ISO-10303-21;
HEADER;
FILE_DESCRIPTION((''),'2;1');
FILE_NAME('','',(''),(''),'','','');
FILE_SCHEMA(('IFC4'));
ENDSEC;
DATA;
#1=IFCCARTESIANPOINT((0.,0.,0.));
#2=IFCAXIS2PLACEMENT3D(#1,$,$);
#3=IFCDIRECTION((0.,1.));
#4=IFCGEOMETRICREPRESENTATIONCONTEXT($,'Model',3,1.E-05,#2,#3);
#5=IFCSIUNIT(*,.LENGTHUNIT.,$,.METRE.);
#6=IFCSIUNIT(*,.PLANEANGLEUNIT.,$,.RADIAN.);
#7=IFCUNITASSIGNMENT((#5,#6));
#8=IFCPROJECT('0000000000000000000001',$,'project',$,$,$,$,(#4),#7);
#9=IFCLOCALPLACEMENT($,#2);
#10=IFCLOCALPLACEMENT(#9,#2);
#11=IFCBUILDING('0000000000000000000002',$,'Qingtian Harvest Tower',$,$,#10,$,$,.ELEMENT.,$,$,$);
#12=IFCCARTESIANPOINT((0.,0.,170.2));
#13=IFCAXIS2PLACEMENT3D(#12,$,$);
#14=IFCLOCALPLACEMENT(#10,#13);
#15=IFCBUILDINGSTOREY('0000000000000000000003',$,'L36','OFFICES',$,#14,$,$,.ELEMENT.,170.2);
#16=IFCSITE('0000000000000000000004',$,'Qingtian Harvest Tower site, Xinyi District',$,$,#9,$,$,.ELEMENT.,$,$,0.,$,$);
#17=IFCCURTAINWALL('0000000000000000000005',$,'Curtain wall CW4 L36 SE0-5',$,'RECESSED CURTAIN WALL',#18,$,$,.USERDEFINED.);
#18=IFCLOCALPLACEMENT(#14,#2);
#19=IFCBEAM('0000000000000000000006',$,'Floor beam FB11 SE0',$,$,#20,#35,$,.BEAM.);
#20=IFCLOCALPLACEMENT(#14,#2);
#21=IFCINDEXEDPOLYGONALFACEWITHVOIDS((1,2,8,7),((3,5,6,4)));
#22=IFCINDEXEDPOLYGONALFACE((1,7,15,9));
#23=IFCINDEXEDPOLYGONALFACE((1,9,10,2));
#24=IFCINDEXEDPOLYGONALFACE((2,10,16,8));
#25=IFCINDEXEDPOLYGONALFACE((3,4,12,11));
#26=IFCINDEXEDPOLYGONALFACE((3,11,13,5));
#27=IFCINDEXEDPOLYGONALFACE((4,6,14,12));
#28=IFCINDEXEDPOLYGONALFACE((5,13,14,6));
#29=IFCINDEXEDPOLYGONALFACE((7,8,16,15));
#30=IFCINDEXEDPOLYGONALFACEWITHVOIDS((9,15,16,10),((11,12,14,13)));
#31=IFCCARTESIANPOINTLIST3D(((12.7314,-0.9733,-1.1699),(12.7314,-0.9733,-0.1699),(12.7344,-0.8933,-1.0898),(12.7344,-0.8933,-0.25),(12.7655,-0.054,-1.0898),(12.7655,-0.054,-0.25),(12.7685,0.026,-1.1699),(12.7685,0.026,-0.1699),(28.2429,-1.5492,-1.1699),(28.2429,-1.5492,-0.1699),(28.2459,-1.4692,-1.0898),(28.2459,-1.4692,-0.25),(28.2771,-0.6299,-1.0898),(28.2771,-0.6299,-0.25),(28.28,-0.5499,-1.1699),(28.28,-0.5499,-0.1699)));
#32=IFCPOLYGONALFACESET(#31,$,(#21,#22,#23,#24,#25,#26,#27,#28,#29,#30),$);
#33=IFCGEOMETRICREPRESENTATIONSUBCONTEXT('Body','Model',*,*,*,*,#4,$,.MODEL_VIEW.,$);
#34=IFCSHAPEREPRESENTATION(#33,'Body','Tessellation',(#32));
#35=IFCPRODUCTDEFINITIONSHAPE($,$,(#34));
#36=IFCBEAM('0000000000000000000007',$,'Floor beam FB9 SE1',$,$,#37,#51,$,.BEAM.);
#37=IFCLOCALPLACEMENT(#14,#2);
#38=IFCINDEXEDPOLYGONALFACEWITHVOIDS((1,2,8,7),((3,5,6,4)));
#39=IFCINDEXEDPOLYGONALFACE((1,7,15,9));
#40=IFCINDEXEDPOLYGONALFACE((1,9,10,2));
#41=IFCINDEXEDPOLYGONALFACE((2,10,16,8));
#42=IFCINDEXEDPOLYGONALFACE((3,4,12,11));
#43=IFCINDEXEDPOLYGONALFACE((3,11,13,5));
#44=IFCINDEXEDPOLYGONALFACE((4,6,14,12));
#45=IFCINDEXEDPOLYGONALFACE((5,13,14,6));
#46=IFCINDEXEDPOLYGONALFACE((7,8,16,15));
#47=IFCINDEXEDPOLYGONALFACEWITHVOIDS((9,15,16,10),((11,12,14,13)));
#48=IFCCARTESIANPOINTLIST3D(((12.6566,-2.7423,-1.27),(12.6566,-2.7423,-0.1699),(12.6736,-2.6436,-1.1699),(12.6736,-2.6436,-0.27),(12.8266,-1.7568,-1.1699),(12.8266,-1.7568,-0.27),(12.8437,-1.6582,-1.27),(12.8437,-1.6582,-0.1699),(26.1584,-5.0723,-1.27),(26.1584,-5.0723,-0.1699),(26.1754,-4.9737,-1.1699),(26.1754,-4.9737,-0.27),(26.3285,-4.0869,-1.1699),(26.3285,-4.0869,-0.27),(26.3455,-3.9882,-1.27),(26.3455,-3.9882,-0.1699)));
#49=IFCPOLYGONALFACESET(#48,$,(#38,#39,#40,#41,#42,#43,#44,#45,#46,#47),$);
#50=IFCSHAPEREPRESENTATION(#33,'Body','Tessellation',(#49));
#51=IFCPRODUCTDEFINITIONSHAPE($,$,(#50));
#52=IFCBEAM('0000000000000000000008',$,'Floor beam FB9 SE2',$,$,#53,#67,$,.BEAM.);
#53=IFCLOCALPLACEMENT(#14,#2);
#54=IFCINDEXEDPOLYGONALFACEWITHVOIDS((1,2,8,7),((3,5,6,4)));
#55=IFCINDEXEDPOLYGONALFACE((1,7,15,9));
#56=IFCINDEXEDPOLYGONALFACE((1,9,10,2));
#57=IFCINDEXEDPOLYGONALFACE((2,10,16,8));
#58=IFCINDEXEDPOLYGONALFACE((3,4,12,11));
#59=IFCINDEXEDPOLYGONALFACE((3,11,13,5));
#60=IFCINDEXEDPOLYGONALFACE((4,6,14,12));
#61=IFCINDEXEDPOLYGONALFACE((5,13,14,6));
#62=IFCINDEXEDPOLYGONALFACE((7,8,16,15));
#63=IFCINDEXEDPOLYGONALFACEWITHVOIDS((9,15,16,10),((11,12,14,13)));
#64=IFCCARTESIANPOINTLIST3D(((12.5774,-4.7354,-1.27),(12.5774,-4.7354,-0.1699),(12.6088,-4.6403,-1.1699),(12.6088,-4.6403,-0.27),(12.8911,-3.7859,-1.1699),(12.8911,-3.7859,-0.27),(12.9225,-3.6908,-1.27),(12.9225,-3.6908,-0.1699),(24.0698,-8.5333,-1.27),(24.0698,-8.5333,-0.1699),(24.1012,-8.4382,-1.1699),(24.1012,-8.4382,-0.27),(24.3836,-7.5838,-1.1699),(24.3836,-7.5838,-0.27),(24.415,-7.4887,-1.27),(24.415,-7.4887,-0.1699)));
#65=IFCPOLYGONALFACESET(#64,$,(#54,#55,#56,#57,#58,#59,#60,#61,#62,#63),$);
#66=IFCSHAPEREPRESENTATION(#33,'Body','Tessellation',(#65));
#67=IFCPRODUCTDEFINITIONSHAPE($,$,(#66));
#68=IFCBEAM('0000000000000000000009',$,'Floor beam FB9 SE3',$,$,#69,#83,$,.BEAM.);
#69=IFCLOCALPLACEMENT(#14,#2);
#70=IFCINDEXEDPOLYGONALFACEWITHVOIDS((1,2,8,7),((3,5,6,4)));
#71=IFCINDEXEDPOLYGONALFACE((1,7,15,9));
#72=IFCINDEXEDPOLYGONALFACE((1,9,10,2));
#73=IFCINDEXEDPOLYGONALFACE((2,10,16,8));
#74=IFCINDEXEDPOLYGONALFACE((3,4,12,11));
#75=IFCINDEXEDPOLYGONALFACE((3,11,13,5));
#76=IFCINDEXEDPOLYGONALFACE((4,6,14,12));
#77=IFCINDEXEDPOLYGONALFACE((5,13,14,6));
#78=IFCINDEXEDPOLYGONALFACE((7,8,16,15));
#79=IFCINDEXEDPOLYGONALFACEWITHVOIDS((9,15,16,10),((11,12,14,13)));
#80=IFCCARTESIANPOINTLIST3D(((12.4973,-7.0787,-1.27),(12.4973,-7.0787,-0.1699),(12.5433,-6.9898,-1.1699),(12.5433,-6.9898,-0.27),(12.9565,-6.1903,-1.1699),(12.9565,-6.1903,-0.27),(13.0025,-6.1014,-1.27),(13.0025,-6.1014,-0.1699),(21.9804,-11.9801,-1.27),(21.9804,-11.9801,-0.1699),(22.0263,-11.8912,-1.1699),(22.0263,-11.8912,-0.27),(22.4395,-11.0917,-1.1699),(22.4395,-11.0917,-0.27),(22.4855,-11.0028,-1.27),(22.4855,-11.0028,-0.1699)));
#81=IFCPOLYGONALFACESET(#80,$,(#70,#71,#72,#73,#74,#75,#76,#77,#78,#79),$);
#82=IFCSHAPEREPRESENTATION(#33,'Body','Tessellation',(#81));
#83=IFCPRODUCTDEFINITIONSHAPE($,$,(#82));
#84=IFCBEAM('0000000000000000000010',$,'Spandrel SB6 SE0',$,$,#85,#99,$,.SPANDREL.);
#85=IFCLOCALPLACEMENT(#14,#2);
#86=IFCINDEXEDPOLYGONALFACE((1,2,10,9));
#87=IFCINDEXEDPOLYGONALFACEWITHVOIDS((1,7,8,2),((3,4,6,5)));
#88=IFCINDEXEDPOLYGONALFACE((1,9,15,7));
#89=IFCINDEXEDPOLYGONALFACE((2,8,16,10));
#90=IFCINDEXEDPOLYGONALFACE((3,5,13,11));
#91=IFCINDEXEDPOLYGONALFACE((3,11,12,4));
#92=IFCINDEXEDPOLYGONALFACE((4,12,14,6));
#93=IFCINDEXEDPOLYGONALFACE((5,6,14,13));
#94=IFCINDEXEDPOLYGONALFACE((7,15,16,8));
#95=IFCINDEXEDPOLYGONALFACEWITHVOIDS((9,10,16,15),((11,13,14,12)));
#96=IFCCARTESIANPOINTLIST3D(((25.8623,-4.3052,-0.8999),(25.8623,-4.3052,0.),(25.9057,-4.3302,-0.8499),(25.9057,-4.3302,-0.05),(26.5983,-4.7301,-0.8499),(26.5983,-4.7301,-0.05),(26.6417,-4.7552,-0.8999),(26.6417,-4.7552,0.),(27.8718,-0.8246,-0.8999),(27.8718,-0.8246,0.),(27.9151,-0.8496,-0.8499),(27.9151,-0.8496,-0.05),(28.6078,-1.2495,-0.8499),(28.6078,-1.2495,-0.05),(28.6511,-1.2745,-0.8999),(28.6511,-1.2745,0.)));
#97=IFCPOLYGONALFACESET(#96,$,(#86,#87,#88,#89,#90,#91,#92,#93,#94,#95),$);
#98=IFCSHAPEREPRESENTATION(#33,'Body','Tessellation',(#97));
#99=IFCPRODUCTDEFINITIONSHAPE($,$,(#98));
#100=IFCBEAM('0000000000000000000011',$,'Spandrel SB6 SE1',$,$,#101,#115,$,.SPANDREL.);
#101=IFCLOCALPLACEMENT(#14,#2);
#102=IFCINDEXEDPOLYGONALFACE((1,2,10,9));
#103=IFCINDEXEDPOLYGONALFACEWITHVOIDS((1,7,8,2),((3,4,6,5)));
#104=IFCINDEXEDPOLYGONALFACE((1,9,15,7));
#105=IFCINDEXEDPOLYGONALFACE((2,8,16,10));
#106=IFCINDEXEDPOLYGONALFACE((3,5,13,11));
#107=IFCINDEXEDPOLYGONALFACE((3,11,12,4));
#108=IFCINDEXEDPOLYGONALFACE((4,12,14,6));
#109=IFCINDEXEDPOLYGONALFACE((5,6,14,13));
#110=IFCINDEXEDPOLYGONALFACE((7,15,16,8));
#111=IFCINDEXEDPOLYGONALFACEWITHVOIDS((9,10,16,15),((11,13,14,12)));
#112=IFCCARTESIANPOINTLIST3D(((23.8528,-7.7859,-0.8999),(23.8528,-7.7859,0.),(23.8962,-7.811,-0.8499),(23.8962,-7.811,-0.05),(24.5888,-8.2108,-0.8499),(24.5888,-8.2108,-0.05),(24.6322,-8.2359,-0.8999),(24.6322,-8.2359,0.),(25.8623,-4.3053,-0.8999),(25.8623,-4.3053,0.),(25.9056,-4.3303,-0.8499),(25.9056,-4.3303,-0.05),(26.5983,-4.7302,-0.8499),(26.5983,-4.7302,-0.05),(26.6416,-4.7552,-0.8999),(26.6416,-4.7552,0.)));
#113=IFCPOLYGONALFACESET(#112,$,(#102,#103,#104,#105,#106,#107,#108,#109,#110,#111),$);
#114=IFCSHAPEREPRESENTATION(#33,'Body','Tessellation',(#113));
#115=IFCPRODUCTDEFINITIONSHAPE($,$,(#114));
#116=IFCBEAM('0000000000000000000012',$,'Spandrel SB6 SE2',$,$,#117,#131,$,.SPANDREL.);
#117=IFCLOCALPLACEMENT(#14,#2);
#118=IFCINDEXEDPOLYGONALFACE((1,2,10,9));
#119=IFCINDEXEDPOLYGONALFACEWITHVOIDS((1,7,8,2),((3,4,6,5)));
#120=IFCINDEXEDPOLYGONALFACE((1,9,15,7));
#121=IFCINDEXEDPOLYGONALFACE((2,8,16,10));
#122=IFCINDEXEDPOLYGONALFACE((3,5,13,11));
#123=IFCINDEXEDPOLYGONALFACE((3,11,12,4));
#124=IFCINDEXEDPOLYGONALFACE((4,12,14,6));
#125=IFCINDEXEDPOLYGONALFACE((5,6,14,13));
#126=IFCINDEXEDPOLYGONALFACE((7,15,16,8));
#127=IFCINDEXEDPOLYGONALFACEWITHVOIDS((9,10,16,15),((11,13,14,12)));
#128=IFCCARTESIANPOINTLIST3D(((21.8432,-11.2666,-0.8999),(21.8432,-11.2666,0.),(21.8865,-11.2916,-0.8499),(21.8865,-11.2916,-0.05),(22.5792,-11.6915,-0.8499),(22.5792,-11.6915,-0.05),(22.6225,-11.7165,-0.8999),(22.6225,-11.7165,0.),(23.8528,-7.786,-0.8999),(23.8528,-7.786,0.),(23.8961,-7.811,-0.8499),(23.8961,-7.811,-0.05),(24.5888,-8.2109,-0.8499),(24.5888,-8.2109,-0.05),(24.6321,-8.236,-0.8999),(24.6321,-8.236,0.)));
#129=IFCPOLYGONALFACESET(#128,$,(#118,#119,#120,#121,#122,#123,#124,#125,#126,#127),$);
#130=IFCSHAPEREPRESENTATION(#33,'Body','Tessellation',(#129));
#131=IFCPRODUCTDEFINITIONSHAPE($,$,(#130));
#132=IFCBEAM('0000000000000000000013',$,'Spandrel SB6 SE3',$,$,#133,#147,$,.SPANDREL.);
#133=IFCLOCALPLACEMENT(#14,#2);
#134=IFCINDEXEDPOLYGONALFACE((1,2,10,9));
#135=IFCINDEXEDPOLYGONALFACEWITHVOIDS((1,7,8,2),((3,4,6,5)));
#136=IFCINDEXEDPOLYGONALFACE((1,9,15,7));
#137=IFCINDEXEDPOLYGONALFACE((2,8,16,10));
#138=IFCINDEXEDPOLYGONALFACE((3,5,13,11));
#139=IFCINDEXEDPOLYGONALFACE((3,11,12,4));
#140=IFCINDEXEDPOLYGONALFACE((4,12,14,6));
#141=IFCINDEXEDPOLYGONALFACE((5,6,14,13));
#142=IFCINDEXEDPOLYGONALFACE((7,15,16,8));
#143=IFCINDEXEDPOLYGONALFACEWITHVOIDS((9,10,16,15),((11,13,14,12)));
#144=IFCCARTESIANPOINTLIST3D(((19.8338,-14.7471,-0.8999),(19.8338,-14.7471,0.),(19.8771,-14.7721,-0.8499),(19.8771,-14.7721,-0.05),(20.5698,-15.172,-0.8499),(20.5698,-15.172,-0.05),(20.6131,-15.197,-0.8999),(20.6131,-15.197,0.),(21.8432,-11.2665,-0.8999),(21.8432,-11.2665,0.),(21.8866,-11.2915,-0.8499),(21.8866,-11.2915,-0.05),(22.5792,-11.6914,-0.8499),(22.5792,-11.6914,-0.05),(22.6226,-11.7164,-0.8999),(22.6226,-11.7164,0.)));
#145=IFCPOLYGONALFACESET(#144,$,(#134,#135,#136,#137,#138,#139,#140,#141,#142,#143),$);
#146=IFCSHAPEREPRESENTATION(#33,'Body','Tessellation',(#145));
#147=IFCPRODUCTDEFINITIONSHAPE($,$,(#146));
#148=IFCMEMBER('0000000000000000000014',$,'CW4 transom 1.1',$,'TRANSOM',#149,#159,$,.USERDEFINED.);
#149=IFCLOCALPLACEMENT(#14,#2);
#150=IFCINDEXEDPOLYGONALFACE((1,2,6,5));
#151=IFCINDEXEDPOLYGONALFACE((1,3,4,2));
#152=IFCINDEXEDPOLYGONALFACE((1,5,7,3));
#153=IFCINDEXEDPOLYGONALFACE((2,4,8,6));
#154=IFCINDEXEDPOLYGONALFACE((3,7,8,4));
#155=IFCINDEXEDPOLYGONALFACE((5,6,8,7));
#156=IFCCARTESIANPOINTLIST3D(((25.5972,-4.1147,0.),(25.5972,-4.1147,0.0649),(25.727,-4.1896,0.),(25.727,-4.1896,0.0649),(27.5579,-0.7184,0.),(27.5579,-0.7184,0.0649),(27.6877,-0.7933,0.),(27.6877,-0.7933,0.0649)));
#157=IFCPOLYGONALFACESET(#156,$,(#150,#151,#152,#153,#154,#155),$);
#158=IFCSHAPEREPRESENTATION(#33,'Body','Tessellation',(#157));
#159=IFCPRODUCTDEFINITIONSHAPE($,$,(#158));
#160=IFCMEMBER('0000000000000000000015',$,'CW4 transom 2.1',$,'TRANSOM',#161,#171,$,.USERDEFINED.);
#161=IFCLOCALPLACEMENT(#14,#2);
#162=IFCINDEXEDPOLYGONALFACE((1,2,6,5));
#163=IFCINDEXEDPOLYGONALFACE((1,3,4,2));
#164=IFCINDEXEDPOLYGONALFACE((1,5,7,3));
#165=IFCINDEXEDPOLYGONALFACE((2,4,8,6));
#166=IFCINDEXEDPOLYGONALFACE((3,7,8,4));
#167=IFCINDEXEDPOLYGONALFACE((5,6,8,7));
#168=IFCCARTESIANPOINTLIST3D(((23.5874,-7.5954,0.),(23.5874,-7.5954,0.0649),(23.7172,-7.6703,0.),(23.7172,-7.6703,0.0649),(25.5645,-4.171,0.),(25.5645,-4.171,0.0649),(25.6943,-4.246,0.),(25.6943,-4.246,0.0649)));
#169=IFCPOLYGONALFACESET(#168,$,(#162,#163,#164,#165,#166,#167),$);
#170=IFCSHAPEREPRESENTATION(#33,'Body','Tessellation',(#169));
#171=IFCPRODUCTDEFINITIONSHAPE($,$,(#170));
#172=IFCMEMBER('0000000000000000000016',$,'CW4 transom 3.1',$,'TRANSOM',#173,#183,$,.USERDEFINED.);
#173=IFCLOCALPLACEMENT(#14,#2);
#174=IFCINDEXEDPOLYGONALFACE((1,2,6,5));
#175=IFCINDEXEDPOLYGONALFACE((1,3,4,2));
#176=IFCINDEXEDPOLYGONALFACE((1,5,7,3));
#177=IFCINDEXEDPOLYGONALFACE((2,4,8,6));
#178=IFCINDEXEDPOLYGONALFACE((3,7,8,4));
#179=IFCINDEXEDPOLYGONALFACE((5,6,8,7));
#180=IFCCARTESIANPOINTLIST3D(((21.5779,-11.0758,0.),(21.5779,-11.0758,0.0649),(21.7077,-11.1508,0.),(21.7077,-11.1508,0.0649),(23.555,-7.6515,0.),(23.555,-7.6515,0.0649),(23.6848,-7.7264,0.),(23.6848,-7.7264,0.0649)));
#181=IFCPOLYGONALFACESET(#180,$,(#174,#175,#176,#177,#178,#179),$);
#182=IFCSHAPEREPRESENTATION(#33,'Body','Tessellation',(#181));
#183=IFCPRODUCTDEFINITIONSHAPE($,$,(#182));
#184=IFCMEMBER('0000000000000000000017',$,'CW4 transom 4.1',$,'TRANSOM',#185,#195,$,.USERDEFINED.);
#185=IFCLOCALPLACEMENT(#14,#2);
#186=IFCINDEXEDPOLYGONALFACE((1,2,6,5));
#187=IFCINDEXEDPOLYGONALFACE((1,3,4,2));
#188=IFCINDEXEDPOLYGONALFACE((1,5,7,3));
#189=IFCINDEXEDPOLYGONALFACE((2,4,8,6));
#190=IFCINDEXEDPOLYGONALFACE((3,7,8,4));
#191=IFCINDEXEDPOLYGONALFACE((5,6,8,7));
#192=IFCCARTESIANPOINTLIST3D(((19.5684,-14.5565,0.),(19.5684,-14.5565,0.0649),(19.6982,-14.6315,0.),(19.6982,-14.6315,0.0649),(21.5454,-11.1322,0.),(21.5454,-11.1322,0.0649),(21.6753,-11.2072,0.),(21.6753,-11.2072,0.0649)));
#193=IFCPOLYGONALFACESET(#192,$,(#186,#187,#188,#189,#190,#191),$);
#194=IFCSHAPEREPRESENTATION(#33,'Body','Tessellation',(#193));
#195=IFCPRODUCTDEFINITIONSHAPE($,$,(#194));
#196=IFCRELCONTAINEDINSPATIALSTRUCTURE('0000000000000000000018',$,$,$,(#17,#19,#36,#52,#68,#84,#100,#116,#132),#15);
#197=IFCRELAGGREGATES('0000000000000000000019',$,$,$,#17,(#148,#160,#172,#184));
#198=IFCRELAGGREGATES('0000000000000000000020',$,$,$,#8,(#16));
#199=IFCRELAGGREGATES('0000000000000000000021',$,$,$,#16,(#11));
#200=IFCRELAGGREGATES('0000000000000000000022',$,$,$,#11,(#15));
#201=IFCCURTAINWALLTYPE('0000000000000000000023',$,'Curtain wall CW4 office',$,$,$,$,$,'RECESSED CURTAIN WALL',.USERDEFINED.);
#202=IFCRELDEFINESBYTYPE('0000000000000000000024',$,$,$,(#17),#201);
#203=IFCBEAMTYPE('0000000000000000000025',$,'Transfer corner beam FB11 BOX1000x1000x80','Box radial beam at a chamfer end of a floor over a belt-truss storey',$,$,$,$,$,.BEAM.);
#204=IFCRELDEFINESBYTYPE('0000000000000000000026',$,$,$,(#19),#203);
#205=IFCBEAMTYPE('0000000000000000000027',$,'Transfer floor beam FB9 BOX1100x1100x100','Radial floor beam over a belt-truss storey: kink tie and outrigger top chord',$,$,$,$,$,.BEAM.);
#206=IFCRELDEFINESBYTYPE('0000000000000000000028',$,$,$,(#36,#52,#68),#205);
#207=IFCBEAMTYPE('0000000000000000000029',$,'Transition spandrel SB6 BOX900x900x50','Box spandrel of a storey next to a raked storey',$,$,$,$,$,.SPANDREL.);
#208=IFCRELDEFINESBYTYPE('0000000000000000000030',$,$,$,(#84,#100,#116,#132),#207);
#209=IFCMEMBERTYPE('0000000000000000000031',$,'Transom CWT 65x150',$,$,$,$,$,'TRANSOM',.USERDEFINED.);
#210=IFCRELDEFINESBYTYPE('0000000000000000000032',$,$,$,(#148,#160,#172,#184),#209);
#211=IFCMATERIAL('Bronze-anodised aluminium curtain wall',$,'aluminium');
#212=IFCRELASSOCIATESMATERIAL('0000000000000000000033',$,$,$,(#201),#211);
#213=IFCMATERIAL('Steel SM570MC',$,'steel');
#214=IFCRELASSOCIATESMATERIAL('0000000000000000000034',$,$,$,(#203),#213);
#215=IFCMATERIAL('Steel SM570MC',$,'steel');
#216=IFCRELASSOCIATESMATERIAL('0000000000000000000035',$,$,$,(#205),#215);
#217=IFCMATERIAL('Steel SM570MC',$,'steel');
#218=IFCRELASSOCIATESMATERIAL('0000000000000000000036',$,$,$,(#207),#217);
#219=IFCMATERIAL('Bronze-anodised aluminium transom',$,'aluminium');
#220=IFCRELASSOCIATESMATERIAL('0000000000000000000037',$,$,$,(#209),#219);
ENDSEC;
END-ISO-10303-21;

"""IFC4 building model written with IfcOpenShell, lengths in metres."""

from ifc_helpers import new_model, si_unit, direction, frame, origin, origin_2d, place, context, subcontext, project, spatial, rectangle, hollow_rectangle, extrude, material, material_profile, profile_set, type_object, element, aggregate, save


model = new_model("IFC4")

# Units and contexts
model_context = context("Model", 3, precision=1e-05, world=origin(), true_north=direction((0.0, 1.0)))
body_context = subcontext(model_context, "Body", "Model", "MODEL_VIEW")
ifc_project = project(units=[si_unit("LENGTHUNIT", "METRE"), si_unit("PLANEANGLEUNIT", "RADIAN")], contexts=[model_context])

# Site, building, storey
site_placement = place(None, origin())
site = spatial("IfcSite", under=ifc_project, at=site_placement, Name="Qingtian Harvest Tower site, Xinyi District", CompositionType="ELEMENT", RefElevation=0.0)
building_placement = place(site_placement, origin())
building = spatial("IfcBuilding", under=site, at=building_placement, Name="Qingtian Harvest Tower", CompositionType="ELEMENT")
storey_placement = place(building_placement, frame((0.0, 0.0, 170.2)))
storey = spatial("IfcBuildingStorey", under=building, at=storey_placement, Name="L36", Description="OFFICES", CompositionType="ELEMENT", Elevation=170.2)

# Shared definitions
ifc_material_1 = material(Name="Bronze-anodised aluminium curtain wall", Category="aluminium")
curtain_wall_type = type_object("IfcCurtainWallType", Name="Curtain wall CW4 office", ElementType="RECESSED CURTAIN WALL", PredefinedType="USERDEFINED", material=ifc_material_1)

# Curtain wall
curtain_wall_1_placement = place(storey_placement, origin())
curtain_wall_1 = element("IfcCurtainWall", 1, at=curtain_wall_1_placement, inside=storey, type_object=curtain_wall_type, Name="Curtain wall CW4 L36 SE0-5", ObjectType="RECESSED CURTAIN WALL", PredefinedType="USERDEFINED")

# Beams
ifc_material_2 = material(Name="Steel SM570MC", Category="steel")
ifc_material_profile_1 = material_profile(ifc_material_2, hollow_rectangle(XDim=1.0, YDim=1.0, WallThickness=0.0801, at=origin_2d()), Name="BOX1000x1000x80")
ifc_profile_set_1 = profile_set([ifc_material_profile_1], Name="Steel SM570MC")
beam_type_1 = type_object("IfcBeamType", Name="Transfer corner beam FB11 BOX1000x1000x80", Description="Box radial beam at a chamfer end of a floor over a belt-truss storey", PredefinedType="BEAM", material=ifc_profile_set_1)
beam_1_placement = place(storey_placement, frame((28.2615, -1.0496, -0.6699), z_axis=(-0.999311, 0.037104, 0.0), x_axis=(-0.037104, -0.999311, 0.0)))
element("IfcBeam", 2, at=beam_1_placement, inside=storey, type_object=beam_type_1, Name="Floor beam FB11 SE0", PredefinedType="BEAM", context=body_context, shape_type="SweptSolid", body=[
    extrude(hollow_rectangle(XDim=1.0, YDim=1.0, WallThickness=0.0801, at=origin_2d()), origin(), (0.0, 0.0, 1.0), 15.5222),
])
ifc_material_3 = material(Name="Steel SM570MC", Category="steel")
ifc_material_profile_2 = material_profile(ifc_material_3, hollow_rectangle(XDim=1.1001, YDim=1.1001, WallThickness=0.1001, at=origin_2d()), Name="BOX1100x1100x100")
ifc_profile_set_2 = profile_set([ifc_material_profile_2], Name="Steel SM570MC")
beam_type_2 = type_object("IfcBeamType", Name="Transfer floor beam FB9 BOX1100x1100x100", Description="Radial floor beam over a belt-truss storey: kink tie and outrigger top chord", PredefinedType="BEAM", material=ifc_profile_set_2)
beam_2_placement = place(storey_placement, frame((26.252, -4.5303, -0.72), z_axis=(-0.985434, 0.17006, 0.0), x_axis=(-0.17006, -0.985434, 0.0)))
element("IfcBeam", 3, at=beam_2_placement, inside=storey, type_object=beam_type_2, Name="Floor beam FB9 SE1", PredefinedType="BEAM", context=body_context, shape_type="SweptSolid", body=[
    extrude(hollow_rectangle(XDim=1.1001, YDim=1.1001, WallThickness=0.1001, at=origin_2d()), origin(), (0.0, 0.0, 1.0), 13.7014),
])
beam_3_placement = place(storey_placement, frame((24.2424, -8.011, -0.72), z_axis=(-0.949497, 0.313776, 0.0), x_axis=(-0.313776, -0.949497, 0.0)))
element("IfcBeam", 4, at=beam_3_placement, inside=storey, type_object=beam_type_2, Name="Floor beam FB9 SE2", PredefinedType="BEAM", context=body_context, shape_type="SweptSolid", body=[
    extrude(hollow_rectangle(XDim=1.1001, YDim=1.1001, WallThickness=0.1001, at=origin_2d()), origin(), (0.0, 0.0, 1.0), 12.1038),
])
beam_4_placement = place(storey_placement, frame((22.2329, -11.4915, -0.72), z_axis=(-0.888355, 0.459158, 0.0), x_axis=(-0.459158, -0.888355, 0.0)))
element("IfcBeam", 5, at=beam_4_placement, inside=storey, type_object=beam_type_2, Name="Floor beam FB9 SE3", PredefinedType="BEAM", context=body_context, shape_type="SweptSolid", body=[
    extrude(hollow_rectangle(XDim=1.1001, YDim=1.1001, WallThickness=0.1001, at=origin_2d()), origin(), (0.0, 0.0, 1.0), 10.6748),
])
ifc_material_4 = material(Name="Steel SM570MC", Category="steel")
ifc_material_profile_3 = material_profile(ifc_material_4, hollow_rectangle(XDim=0.8999, YDim=0.8999, WallThickness=0.05, at=origin_2d()), Name="BOX900x900x50")
ifc_profile_set_3 = profile_set([ifc_material_profile_3], Name="Steel SM570MC")
beam_type_3 = type_object("IfcBeamType", Name="Transition spandrel SB6 BOX900x900x50", Description="Box spandrel of a storey next to a raked storey", PredefinedType="SPANDREL", material=ifc_profile_set_3)
for number, where, z_axis, x_axis, name in (
    (6, (28.2615, -1.0496, -0.45), (-0.499987, -0.866033, 0.0), (0.866033, -0.499987, 0.0), "Spandrel SB6 SE0"),
    (7, (26.252, -4.5303, -0.45), (-0.499987, -0.866033, 0.0), (0.866033, -0.499987, 0.0), "Spandrel SB6 SE1"),
    (8, (24.2424, -8.011, -0.45), (-0.500013, -0.866018, 0.0), (0.866018, -0.500013, 0.0), "Spandrel SB6 SE2"),
    (9, (22.2329, -11.4915, -0.45), (-0.499987, -0.866033, 0.0), (0.866033, -0.499987, 0.0), "Spandrel SB6 SE3"),
):
    element("IfcBeam", number, at=place(storey_placement, frame(where, z_axis=z_axis, x_axis=x_axis)), inside=storey, type_object=beam_type_3, Name=name, PredefinedType="SPANDREL", context=body_context, shape_type="SweptSolid", body=[
        extrude(hollow_rectangle(XDim=0.8999, YDim=0.8999, WallThickness=0.05, at=origin_2d()), origin(), (0.0, 0.0, 1.0), 4.019),
    ])

# Members
ifc_material_5 = material(Name="Bronze-anodised aluminium transom", Category="aluminium")
ifc_material_profile_4 = material_profile(ifc_material_5, rectangle(XDim=0.1499, YDim=0.0649, at=origin_2d()), Name="AL 65x150")
ifc_profile_set_4 = profile_set([ifc_material_profile_4], Name="Bronze-anodised aluminium transom")
member_type_1 = type_object("IfcMemberType", Name="Transom CWT 65x150", ElementType="TRANSOM", PredefinedType="USERDEFINED", material=ifc_profile_set_4)
member_1_placement = place(storey_placement, frame((27.6228, -0.7559, 0.0325), z_axis=(-0.499976, -0.866039, 0.0), x_axis=(0.866039, -0.499976, 0.0)))
member_1 = element("IfcMember", 10, at=member_1_placement, type_object=member_type_1, Name="CW4 transom 1.1", ObjectType="TRANSOM", PredefinedType="USERDEFINED", context=body_context, shape_type="SweptSolid", body=[
    extrude(rectangle(XDim=0.1499, YDim=0.0649, at=origin_2d()), origin(), (0.0, 0.0, 1.0), 3.9216),
])
member_2_placement = place(storey_placement, frame((25.6294, -4.2085, 0.0325), z_axis=(-0.500004, -0.866023, 0.0), x_axis=(0.866023, -0.500004, 0.0)))
member_2 = element("IfcMember", 11, at=member_2_placement, type_object=member_type_1, Name="CW4 transom 2.1", ObjectType="TRANSOM", PredefinedType="USERDEFINED", context=body_context, shape_type="SweptSolid", body=[
    extrude(rectangle(XDim=0.1499, YDim=0.0649, at=origin_2d()), origin(), (0.0, 0.0, 1.0), 3.9541),
])
member_3_placement = place(storey_placement, frame((23.6199, -7.689, 0.0325), z_axis=(-0.500004, -0.866023, 0.0), x_axis=(0.866023, -0.500004, 0.0)))
member_3 = element("IfcMember", 12, at=member_3_placement, type_object=member_type_1, Name="CW4 transom 3.1", ObjectType="TRANSOM", PredefinedType="USERDEFINED", context=body_context, shape_type="SweptSolid", body=[
    extrude(rectangle(XDim=0.1499, YDim=0.0649, at=origin_2d()), origin(), (0.0, 0.0, 1.0), 3.9541),
])
member_4_placement = place(storey_placement, frame((21.6104, -11.1697, 0.0325), z_axis=(-0.500004, -0.866023, 0.0), x_axis=(0.866023, -0.500004, 0.0)))
member_4 = element("IfcMember", 13, at=member_4_placement, type_object=member_type_1, Name="CW4 transom 4.1", ObjectType="TRANSOM", PredefinedType="USERDEFINED", context=body_context, shape_type="SweptSolid", body=[
    extrude(rectangle(XDim=0.1499, YDim=0.0649, at=origin_2d()), origin(), (0.0, 0.0, 1.0), 3.9541),
])

aggregate(curtain_wall_1, [member_1, member_2, member_3, member_4])

save(model, "model.ifc")
